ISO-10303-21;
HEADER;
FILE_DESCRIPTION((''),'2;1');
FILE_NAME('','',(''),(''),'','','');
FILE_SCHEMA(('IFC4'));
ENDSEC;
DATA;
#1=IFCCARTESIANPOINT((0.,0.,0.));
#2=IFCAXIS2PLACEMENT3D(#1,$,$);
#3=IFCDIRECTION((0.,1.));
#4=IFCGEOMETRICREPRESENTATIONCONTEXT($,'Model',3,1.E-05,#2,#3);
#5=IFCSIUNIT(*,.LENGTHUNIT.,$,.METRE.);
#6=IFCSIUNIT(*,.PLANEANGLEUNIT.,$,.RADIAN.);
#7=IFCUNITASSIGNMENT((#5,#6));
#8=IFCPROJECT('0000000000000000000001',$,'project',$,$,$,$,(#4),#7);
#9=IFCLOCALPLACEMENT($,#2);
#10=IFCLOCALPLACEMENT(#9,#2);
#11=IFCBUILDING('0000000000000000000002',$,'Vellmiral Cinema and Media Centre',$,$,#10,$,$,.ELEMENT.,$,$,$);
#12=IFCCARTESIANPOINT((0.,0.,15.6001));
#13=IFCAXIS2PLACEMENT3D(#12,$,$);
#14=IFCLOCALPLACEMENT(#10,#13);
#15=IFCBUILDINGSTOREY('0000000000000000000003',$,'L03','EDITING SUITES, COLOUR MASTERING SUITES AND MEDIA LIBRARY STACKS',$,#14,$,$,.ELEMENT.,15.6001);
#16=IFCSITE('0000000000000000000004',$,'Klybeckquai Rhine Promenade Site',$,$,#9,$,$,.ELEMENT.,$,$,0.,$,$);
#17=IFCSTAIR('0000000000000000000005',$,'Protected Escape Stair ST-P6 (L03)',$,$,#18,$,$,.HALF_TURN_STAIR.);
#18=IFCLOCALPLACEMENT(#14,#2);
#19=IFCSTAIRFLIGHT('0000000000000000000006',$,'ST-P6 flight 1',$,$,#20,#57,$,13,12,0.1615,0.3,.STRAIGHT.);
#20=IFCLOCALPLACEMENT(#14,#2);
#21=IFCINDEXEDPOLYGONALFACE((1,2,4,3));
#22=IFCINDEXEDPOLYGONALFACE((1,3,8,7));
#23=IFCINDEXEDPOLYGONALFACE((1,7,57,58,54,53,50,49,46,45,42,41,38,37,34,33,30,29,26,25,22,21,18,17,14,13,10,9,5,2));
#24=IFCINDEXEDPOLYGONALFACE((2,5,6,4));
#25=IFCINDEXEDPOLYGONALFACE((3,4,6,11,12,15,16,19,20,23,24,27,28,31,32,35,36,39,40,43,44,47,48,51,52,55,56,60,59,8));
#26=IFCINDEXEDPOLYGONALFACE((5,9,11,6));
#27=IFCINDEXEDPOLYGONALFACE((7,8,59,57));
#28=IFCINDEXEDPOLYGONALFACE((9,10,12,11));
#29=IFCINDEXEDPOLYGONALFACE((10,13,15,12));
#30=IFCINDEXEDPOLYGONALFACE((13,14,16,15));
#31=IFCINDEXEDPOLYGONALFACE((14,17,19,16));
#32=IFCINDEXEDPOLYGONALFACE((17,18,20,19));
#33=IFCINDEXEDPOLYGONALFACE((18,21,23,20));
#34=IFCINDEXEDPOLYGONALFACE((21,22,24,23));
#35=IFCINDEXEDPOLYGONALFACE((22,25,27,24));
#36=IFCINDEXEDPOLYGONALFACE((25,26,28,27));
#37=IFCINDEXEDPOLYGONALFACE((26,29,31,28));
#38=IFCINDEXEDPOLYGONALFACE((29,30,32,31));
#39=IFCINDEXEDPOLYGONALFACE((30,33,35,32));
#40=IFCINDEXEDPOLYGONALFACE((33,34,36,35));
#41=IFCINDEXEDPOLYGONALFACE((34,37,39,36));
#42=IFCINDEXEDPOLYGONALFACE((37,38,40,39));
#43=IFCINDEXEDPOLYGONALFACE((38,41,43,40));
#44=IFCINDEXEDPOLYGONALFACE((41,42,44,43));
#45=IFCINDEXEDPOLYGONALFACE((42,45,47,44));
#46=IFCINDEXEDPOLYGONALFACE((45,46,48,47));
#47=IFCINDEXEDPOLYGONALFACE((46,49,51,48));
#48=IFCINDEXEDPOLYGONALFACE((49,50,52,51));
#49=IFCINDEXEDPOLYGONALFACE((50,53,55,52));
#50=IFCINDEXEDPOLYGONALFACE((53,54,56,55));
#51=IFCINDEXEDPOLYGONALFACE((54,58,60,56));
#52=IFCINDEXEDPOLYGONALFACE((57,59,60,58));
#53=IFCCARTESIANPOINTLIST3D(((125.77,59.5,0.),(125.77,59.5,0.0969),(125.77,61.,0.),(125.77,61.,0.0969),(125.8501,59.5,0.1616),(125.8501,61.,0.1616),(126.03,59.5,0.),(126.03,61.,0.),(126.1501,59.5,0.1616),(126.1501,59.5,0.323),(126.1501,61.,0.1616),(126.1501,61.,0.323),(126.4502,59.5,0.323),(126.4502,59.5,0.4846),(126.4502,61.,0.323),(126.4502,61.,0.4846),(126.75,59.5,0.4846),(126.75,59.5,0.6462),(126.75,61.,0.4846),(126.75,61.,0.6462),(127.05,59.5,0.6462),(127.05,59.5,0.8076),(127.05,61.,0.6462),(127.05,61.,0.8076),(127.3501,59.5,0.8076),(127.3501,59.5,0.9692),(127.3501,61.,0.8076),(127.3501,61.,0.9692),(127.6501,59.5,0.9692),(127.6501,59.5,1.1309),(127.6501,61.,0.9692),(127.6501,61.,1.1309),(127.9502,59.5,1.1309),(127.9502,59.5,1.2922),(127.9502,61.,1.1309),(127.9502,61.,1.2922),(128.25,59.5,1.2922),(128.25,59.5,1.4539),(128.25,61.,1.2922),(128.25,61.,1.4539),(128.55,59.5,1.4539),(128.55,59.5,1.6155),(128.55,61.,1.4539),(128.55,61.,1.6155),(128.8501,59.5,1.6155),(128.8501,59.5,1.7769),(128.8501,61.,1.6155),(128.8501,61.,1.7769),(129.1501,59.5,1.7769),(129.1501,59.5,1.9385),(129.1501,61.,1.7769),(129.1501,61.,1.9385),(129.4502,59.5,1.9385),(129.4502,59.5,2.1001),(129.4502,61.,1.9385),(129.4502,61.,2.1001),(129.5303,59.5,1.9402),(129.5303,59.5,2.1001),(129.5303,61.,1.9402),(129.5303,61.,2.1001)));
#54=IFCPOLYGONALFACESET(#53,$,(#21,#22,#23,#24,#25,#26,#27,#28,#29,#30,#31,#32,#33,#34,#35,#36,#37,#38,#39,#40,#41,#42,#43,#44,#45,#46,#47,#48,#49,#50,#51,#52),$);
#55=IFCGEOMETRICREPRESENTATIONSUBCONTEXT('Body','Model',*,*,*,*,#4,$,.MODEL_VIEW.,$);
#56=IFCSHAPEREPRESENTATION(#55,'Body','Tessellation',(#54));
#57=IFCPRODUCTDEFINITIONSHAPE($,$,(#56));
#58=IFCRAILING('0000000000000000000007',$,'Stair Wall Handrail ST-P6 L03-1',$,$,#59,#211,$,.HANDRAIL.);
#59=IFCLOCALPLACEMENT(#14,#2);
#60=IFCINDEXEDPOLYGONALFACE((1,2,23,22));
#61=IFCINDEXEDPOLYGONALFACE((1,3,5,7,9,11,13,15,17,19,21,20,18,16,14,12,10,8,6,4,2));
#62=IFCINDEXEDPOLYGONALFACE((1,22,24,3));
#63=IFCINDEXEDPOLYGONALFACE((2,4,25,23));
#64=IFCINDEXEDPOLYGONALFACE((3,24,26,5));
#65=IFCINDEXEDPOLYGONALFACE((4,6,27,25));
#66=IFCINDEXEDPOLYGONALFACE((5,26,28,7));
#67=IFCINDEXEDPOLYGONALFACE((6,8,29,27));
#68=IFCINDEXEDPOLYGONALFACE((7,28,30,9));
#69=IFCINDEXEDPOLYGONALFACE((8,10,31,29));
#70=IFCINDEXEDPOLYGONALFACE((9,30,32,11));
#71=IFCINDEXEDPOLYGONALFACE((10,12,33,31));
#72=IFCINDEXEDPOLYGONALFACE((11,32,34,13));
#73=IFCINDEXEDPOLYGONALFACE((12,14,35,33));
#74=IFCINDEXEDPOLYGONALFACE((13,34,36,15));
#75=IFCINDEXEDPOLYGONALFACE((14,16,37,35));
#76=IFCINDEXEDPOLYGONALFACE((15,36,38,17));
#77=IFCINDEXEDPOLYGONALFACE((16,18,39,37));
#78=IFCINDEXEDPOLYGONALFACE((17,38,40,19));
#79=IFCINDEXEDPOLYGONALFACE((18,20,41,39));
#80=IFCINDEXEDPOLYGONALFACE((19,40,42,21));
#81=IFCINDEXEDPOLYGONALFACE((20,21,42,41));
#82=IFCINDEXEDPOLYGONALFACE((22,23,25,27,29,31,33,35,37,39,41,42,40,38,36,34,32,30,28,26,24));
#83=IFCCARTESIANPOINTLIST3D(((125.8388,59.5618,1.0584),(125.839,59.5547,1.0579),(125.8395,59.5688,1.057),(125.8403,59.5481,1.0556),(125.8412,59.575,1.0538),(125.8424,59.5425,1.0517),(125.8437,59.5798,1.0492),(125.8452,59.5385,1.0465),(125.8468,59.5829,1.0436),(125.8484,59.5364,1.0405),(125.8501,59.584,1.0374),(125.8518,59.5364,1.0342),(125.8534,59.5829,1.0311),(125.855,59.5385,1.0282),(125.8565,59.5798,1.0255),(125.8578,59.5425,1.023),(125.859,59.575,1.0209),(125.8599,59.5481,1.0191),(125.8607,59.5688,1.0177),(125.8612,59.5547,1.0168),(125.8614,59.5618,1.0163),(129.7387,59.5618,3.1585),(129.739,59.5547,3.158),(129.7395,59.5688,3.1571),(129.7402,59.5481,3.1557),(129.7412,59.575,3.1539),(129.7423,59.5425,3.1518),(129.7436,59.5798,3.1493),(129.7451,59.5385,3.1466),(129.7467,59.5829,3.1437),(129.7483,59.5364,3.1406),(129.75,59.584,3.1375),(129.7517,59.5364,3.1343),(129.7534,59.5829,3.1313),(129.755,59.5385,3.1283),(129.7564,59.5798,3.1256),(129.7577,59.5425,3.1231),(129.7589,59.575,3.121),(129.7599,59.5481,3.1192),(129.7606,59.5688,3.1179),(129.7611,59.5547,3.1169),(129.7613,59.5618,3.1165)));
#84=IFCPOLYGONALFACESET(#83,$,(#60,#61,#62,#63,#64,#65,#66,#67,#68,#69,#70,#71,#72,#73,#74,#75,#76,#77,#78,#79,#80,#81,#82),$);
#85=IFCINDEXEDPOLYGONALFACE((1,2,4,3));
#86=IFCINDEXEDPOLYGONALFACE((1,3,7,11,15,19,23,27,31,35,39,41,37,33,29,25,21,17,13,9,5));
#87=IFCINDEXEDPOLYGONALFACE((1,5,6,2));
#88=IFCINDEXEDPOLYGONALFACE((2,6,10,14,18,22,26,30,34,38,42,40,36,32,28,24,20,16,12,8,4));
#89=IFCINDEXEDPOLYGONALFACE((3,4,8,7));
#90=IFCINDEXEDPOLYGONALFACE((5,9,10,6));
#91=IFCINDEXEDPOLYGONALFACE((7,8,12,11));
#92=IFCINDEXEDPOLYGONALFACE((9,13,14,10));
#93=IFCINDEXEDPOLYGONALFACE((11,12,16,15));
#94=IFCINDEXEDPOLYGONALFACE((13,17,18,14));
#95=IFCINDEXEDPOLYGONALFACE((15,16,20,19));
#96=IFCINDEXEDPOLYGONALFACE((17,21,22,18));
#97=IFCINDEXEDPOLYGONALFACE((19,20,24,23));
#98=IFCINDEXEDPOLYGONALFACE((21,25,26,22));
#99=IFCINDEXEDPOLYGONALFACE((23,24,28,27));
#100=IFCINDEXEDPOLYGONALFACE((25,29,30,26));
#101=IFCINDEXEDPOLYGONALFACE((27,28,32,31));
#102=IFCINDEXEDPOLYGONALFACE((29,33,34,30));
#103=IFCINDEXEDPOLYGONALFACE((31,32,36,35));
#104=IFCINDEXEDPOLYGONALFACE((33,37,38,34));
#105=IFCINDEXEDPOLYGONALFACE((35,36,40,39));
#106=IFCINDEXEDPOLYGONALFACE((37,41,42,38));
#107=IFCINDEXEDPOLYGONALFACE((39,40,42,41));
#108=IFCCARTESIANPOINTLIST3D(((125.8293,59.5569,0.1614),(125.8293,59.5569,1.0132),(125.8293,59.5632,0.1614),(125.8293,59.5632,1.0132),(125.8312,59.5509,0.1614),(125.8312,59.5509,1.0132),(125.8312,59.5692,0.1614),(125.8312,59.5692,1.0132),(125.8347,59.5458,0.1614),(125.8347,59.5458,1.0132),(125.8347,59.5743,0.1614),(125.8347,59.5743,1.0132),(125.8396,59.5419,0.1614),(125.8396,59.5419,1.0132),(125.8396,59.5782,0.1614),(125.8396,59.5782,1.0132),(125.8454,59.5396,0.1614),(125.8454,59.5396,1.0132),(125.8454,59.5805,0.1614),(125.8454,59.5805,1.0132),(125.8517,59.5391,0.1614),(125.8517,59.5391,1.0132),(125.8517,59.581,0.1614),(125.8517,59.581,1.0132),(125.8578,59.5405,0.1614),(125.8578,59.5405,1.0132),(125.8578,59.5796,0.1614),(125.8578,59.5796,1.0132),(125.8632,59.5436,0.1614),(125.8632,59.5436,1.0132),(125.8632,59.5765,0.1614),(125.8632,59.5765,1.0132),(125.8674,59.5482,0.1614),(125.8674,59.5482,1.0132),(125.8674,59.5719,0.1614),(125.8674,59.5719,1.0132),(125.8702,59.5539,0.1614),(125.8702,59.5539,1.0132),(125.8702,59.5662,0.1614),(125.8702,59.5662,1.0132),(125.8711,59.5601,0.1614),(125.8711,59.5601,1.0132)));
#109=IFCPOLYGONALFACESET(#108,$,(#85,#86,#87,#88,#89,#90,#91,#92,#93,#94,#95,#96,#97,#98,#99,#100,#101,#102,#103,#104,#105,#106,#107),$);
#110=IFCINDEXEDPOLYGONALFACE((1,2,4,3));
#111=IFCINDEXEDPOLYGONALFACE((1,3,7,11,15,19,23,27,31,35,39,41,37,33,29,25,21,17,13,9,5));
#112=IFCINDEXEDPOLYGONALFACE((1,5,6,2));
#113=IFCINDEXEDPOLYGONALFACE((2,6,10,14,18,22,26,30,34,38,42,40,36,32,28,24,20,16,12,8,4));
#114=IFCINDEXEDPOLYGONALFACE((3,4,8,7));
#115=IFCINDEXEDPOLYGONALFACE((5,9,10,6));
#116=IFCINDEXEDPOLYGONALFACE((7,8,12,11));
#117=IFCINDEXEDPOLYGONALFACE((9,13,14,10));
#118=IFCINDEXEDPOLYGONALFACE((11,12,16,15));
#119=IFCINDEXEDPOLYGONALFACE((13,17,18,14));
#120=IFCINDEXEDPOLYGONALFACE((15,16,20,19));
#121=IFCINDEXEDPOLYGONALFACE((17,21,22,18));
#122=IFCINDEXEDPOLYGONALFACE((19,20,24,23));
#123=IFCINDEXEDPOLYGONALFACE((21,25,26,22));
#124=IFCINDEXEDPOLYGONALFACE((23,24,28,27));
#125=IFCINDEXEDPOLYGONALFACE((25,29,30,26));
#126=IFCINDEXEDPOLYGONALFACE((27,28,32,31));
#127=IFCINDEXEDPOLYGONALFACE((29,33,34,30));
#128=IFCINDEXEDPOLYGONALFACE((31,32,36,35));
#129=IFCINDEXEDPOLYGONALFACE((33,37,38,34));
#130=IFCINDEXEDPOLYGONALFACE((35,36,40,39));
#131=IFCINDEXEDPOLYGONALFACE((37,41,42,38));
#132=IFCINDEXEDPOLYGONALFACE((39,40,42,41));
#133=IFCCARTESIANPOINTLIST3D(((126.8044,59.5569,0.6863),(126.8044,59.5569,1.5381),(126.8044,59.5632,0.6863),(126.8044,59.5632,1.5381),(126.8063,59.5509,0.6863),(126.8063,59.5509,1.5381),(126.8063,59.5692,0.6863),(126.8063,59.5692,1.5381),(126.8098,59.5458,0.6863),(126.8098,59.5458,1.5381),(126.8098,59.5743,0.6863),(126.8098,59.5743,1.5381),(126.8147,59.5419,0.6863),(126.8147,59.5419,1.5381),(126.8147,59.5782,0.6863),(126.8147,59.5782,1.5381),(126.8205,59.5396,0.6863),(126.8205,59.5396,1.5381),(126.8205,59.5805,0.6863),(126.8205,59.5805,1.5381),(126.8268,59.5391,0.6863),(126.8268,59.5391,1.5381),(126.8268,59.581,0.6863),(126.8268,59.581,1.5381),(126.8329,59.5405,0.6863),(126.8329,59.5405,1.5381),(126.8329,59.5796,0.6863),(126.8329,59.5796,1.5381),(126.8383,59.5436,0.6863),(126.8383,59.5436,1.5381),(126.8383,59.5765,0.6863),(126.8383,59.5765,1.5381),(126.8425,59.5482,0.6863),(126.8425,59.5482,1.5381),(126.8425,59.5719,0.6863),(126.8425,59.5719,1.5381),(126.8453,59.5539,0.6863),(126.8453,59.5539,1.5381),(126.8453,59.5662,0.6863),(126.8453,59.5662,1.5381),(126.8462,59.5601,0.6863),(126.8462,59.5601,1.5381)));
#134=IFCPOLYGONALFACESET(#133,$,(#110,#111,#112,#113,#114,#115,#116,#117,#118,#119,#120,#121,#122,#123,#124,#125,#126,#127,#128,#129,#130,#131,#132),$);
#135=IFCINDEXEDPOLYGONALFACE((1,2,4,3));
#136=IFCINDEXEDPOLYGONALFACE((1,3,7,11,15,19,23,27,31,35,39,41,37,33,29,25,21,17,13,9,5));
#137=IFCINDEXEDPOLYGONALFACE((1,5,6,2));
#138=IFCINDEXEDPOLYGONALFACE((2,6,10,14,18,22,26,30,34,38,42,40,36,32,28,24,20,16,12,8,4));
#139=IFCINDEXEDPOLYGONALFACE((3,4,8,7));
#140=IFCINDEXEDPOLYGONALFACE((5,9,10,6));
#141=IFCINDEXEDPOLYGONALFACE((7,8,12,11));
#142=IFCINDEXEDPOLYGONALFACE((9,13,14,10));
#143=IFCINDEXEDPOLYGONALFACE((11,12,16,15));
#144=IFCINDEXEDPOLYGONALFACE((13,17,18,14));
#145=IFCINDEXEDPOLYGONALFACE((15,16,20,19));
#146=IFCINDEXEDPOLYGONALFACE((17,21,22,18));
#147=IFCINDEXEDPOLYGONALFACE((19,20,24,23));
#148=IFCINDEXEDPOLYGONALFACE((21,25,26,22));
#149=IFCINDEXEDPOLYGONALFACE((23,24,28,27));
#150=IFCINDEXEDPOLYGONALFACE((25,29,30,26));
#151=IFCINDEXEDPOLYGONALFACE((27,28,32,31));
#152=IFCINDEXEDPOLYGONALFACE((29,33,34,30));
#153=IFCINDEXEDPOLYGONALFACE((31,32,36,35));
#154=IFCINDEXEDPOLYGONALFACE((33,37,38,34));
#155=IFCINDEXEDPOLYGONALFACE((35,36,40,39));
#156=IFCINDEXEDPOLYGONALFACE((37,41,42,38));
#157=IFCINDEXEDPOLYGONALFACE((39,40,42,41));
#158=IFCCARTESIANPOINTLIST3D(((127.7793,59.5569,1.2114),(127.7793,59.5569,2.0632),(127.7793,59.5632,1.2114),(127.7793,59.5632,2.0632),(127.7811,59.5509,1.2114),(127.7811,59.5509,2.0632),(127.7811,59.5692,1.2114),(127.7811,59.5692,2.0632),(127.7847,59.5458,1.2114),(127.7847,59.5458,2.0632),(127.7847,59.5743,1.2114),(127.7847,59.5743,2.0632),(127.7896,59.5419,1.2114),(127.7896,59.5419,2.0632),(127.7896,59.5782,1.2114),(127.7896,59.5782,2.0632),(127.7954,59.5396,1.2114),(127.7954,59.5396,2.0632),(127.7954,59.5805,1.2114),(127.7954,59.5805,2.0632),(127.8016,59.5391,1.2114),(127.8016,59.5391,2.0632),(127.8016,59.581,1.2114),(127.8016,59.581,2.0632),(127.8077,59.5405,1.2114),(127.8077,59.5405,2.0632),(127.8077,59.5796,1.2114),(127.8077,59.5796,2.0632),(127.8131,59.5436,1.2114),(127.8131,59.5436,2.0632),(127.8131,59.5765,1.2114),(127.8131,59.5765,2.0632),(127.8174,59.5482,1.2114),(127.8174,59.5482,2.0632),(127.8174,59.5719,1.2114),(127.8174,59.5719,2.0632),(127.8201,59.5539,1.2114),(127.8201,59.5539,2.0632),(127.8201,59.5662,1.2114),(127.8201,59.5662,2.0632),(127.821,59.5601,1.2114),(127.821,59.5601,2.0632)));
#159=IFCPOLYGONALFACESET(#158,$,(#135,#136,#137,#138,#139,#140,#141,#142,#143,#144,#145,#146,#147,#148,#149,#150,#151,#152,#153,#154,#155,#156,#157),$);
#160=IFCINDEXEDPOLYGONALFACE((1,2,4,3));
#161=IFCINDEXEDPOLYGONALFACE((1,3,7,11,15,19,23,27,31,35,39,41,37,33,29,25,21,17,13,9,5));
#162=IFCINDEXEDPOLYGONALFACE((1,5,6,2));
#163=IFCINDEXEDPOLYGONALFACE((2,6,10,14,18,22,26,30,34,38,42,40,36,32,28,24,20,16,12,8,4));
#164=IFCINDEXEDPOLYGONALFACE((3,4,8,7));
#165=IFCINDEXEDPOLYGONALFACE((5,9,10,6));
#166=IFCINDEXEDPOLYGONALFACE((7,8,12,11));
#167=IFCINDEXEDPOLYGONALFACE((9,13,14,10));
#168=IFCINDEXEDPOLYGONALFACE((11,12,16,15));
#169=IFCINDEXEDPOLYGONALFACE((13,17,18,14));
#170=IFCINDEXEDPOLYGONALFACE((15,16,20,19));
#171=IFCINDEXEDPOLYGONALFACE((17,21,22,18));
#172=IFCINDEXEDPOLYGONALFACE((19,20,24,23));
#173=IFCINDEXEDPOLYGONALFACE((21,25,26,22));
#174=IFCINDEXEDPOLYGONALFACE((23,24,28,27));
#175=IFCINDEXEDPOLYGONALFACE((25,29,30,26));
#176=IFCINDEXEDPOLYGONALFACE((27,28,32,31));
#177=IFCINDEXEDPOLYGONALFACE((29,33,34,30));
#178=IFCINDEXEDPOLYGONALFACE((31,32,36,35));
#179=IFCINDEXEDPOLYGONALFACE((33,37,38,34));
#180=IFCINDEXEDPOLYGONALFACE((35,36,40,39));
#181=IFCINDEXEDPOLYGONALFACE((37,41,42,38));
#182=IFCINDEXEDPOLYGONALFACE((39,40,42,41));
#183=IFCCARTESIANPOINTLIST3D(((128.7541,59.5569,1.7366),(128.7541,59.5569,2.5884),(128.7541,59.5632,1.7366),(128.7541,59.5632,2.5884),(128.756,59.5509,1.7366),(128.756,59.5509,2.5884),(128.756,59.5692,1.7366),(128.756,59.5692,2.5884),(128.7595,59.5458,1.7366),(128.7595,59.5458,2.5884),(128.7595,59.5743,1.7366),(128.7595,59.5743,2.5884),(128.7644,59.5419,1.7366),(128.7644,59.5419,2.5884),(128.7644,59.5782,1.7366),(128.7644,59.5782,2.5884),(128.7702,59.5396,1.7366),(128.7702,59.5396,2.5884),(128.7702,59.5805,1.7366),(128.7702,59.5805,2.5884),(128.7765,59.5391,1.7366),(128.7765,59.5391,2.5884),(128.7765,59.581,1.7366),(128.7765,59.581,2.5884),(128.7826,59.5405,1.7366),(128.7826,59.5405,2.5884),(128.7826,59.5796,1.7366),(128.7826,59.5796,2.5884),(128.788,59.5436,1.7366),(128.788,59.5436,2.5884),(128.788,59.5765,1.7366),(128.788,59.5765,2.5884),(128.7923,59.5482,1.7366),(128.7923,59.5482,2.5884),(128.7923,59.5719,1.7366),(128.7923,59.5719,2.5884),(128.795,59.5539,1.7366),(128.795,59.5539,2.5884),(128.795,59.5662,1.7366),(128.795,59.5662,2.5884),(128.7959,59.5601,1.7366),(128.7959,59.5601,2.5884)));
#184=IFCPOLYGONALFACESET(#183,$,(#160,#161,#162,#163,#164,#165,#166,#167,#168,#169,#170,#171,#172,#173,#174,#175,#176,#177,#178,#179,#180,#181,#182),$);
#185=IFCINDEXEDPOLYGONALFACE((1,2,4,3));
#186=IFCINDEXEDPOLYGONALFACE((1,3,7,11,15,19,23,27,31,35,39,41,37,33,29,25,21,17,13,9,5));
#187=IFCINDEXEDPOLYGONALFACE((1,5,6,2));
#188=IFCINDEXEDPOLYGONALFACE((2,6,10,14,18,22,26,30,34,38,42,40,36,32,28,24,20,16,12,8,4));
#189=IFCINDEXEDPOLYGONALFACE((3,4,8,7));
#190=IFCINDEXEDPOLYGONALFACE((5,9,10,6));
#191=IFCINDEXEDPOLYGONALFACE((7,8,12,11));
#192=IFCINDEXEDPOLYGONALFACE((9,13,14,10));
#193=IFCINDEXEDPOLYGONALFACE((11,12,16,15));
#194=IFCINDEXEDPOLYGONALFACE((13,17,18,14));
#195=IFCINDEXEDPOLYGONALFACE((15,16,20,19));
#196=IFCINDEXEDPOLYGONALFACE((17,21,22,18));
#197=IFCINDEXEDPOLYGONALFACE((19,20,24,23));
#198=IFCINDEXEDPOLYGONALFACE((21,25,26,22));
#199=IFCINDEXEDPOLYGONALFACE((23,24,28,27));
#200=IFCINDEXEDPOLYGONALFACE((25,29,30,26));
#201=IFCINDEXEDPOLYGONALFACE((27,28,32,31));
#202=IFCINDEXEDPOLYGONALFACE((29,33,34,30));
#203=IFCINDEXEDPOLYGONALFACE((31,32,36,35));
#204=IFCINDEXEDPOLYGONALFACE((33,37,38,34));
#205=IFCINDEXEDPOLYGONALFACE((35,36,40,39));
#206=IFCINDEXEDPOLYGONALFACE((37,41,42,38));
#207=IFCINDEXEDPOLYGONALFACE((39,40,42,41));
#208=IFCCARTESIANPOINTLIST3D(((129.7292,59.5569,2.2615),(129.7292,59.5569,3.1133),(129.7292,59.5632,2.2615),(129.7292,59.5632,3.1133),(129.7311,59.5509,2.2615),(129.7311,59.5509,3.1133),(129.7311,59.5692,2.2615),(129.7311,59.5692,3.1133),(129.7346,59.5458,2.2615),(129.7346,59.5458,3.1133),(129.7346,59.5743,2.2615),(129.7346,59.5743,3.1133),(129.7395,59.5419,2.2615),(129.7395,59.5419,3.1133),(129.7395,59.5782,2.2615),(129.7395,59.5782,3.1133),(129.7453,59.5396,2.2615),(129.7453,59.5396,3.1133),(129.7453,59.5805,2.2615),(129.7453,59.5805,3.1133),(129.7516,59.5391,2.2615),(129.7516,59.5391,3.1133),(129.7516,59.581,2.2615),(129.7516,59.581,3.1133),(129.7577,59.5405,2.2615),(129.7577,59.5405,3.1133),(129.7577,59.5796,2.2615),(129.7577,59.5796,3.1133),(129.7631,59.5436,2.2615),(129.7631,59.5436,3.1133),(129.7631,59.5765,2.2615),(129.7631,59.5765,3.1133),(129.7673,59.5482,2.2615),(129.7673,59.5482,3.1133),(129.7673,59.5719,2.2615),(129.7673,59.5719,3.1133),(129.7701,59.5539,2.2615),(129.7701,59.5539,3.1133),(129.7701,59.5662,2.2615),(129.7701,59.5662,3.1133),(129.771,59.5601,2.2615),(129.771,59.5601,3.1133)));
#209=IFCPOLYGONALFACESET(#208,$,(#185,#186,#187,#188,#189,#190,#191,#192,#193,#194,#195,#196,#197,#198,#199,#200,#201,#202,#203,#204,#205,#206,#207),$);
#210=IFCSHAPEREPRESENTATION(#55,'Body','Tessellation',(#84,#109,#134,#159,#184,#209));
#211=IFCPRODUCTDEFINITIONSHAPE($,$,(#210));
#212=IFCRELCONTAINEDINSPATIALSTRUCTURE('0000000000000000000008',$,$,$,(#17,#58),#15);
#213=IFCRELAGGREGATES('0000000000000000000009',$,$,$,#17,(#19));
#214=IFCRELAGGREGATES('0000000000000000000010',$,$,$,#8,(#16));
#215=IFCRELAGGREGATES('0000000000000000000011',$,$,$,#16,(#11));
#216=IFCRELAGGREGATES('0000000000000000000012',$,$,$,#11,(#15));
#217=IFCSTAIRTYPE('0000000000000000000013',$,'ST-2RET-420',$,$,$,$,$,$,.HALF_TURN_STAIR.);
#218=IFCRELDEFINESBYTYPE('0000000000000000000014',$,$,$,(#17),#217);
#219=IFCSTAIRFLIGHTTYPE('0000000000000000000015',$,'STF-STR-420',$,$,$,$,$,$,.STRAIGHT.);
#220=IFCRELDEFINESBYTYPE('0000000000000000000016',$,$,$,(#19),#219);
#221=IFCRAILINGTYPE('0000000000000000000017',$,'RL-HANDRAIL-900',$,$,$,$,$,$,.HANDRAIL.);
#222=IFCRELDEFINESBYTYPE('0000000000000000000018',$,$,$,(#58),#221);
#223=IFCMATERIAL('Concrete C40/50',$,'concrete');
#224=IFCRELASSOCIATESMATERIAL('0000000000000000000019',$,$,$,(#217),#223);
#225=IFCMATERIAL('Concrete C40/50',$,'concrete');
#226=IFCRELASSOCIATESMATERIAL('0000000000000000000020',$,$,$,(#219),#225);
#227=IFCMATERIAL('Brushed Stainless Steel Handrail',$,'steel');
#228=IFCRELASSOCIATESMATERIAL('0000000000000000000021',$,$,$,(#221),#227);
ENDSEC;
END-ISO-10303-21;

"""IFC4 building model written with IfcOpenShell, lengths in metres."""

from ifc_helpers import new_model, si_unit, direction, frame, origin, origin_2d, place, context, subcontext, project, spatial, polyline, circle, outline, extrude, material, type_object, element, aggregate, save


model = new_model("IFC4")

# Units and contexts
model_context = context("Model", 3, precision=1e-05, world=origin(), true_north=direction((0.0, 1.0)))
body_context = subcontext(model_context, "Body", "Model", "MODEL_VIEW")
ifc_project = project(units=[si_unit("LENGTHUNIT", "METRE"), si_unit("PLANEANGLEUNIT", "RADIAN")], contexts=[model_context])

# Site, building, storey
site_placement = place(None, origin())
site = spatial("IfcSite", under=ifc_project, at=site_placement, Name="Klybeckquai Rhine Promenade Site", CompositionType="ELEMENT", RefElevation=0.0)
building_placement = place(site_placement, origin())
building = spatial("IfcBuilding", under=site, at=building_placement, Name="Vellmiral Cinema and Media Centre", CompositionType="ELEMENT")
storey_placement = place(building_placement, frame((0.0, 0.0, 15.6001)))
storey = spatial("IfcBuildingStorey", under=building, at=storey_placement, Name="L03", Description="EDITING SUITES, COLOUR MASTERING SUITES AND MEDIA LIBRARY STACKS", CompositionType="ELEMENT", Elevation=15.6001)

# Stair, stair flight
ifc_material_1 = material(Name="Concrete C40/50", Category="concrete")
stair_type = type_object("IfcStairType", Name="ST-2RET-420", PredefinedType="HALF_TURN_STAIR", material=ifc_material_1)
stair_placement = place(storey_placement, origin())
stair = element("IfcStair", 1, at=stair_placement, inside=storey, type_object=stair_type, Name="Protected Escape Stair ST-P6 (L03)", PredefinedType="HALF_TURN_STAIR")
ifc_material_2 = material(Name="Concrete C40/50", Category="concrete")
stair_flight_type = type_object("IfcStairFlightType", Name="STF-STR-420", PredefinedType="STRAIGHT", material=ifc_material_2)
stair_flight_placement = place(storey_placement, frame((125.8501, 60.25, 0.0), z_axis=(0.0, 0.0, 1.0), x_axis=(1.0, 0.0, 0.0)))
stair_flight = element("IfcStairFlight", 2, at=stair_flight_placement, type_object=stair_flight_type, Name="ST-P6 flight 1", NumberOfRisers=13, NumberOfTreads=12, PredefinedType="STRAIGHT", RiserHeight=0.1615, TreadLength=0.3, context=body_context, shape_type="SweptSolid", body=[
    extrude(outline(polyline([(-0.0801, 0.0), (-0.0801, 0.0969), (0.0, 0.1616), (0.3, 0.1616), (0.3, 0.323), (0.6001, 0.323), (0.6001, 0.4846), (0.8999, 0.4846), (0.8999, 0.6462), (1.2, 0.6462), (1.2, 0.8076), (1.5, 0.8076), (1.5, 0.9692), (1.8, 0.9692), (1.8, 1.1309), (2.1001, 1.1309), (2.1001, 1.2922), (2.3999, 1.2922), (2.3999, 1.4539), (2.7, 1.4539), (2.7, 1.6155), (3.0, 1.6155), (3.0, 1.7769), (3.3, 1.7769), (3.3, 1.9385), (3.6001, 1.9385), (3.6001, 2.1001), (3.6802, 2.1001), (3.6802, 1.9402), (0.1799, 0.0), (-0.0801, 0.0)])), frame((0.0, 0.75, 0.0), z_axis=(0.0, -1.0, 0.0), x_axis=(1.0, 0.0, 0.0)), (0.0, 0.0, 1.0), 1.5),
])
aggregate(stair, [stair_flight])

# Railing
ifc_material_3 = material(Name="Brushed Stainless Steel Handrail", Category="steel")
railing_type = type_object("IfcRailingType", Name="RL-HANDRAIL-900", PredefinedType="HANDRAIL", material=ifc_material_3)
railing_placement = place(storey_placement, frame((125.8501, 59.5601, 0.1614)))
element("IfcRailing", 3, at=railing_placement, inside=storey, type_object=railing_type, Name="Stair Wall Handrail ST-P6 L03-1", PredefinedType="HANDRAIL", context=body_context, shape_type="SweptSolid", body=[
    extrude(circle(Radius=0.0239, at=origin_2d()), frame((0.0, 0.0, 0.876), z_axis=(0.880457, 0.0, 0.474126), x_axis=(0.0, 1.0, 0.0)), (0.0, 0.0, 1.0), 4.4294),
    extrude(circle(Radius=0.021, at=origin_2d()), origin(), (0.0, 0.0, 1.0), 0.8518),
    extrude(circle(Radius=0.021, at=origin_2d()), frame((0.9751, 0.0, 0.5249)), (0.0, 0.0, 1.0), 0.8518),
    extrude(circle(Radius=0.021, at=origin_2d()), frame((1.95, 0.0, 1.05)), (0.0, 0.0, 1.0), 0.8518),
    extrude(circle(Radius=0.021, at=origin_2d()), frame((2.9248, 0.0, 1.5752)), (0.0, 0.0, 1.0), 0.8518),
    extrude(circle(Radius=0.021, at=origin_2d()), frame((3.8999, 0.0, 2.1001)), (0.0, 0.0, 1.0), 0.8518),
])

save(model, "model.ifc")
